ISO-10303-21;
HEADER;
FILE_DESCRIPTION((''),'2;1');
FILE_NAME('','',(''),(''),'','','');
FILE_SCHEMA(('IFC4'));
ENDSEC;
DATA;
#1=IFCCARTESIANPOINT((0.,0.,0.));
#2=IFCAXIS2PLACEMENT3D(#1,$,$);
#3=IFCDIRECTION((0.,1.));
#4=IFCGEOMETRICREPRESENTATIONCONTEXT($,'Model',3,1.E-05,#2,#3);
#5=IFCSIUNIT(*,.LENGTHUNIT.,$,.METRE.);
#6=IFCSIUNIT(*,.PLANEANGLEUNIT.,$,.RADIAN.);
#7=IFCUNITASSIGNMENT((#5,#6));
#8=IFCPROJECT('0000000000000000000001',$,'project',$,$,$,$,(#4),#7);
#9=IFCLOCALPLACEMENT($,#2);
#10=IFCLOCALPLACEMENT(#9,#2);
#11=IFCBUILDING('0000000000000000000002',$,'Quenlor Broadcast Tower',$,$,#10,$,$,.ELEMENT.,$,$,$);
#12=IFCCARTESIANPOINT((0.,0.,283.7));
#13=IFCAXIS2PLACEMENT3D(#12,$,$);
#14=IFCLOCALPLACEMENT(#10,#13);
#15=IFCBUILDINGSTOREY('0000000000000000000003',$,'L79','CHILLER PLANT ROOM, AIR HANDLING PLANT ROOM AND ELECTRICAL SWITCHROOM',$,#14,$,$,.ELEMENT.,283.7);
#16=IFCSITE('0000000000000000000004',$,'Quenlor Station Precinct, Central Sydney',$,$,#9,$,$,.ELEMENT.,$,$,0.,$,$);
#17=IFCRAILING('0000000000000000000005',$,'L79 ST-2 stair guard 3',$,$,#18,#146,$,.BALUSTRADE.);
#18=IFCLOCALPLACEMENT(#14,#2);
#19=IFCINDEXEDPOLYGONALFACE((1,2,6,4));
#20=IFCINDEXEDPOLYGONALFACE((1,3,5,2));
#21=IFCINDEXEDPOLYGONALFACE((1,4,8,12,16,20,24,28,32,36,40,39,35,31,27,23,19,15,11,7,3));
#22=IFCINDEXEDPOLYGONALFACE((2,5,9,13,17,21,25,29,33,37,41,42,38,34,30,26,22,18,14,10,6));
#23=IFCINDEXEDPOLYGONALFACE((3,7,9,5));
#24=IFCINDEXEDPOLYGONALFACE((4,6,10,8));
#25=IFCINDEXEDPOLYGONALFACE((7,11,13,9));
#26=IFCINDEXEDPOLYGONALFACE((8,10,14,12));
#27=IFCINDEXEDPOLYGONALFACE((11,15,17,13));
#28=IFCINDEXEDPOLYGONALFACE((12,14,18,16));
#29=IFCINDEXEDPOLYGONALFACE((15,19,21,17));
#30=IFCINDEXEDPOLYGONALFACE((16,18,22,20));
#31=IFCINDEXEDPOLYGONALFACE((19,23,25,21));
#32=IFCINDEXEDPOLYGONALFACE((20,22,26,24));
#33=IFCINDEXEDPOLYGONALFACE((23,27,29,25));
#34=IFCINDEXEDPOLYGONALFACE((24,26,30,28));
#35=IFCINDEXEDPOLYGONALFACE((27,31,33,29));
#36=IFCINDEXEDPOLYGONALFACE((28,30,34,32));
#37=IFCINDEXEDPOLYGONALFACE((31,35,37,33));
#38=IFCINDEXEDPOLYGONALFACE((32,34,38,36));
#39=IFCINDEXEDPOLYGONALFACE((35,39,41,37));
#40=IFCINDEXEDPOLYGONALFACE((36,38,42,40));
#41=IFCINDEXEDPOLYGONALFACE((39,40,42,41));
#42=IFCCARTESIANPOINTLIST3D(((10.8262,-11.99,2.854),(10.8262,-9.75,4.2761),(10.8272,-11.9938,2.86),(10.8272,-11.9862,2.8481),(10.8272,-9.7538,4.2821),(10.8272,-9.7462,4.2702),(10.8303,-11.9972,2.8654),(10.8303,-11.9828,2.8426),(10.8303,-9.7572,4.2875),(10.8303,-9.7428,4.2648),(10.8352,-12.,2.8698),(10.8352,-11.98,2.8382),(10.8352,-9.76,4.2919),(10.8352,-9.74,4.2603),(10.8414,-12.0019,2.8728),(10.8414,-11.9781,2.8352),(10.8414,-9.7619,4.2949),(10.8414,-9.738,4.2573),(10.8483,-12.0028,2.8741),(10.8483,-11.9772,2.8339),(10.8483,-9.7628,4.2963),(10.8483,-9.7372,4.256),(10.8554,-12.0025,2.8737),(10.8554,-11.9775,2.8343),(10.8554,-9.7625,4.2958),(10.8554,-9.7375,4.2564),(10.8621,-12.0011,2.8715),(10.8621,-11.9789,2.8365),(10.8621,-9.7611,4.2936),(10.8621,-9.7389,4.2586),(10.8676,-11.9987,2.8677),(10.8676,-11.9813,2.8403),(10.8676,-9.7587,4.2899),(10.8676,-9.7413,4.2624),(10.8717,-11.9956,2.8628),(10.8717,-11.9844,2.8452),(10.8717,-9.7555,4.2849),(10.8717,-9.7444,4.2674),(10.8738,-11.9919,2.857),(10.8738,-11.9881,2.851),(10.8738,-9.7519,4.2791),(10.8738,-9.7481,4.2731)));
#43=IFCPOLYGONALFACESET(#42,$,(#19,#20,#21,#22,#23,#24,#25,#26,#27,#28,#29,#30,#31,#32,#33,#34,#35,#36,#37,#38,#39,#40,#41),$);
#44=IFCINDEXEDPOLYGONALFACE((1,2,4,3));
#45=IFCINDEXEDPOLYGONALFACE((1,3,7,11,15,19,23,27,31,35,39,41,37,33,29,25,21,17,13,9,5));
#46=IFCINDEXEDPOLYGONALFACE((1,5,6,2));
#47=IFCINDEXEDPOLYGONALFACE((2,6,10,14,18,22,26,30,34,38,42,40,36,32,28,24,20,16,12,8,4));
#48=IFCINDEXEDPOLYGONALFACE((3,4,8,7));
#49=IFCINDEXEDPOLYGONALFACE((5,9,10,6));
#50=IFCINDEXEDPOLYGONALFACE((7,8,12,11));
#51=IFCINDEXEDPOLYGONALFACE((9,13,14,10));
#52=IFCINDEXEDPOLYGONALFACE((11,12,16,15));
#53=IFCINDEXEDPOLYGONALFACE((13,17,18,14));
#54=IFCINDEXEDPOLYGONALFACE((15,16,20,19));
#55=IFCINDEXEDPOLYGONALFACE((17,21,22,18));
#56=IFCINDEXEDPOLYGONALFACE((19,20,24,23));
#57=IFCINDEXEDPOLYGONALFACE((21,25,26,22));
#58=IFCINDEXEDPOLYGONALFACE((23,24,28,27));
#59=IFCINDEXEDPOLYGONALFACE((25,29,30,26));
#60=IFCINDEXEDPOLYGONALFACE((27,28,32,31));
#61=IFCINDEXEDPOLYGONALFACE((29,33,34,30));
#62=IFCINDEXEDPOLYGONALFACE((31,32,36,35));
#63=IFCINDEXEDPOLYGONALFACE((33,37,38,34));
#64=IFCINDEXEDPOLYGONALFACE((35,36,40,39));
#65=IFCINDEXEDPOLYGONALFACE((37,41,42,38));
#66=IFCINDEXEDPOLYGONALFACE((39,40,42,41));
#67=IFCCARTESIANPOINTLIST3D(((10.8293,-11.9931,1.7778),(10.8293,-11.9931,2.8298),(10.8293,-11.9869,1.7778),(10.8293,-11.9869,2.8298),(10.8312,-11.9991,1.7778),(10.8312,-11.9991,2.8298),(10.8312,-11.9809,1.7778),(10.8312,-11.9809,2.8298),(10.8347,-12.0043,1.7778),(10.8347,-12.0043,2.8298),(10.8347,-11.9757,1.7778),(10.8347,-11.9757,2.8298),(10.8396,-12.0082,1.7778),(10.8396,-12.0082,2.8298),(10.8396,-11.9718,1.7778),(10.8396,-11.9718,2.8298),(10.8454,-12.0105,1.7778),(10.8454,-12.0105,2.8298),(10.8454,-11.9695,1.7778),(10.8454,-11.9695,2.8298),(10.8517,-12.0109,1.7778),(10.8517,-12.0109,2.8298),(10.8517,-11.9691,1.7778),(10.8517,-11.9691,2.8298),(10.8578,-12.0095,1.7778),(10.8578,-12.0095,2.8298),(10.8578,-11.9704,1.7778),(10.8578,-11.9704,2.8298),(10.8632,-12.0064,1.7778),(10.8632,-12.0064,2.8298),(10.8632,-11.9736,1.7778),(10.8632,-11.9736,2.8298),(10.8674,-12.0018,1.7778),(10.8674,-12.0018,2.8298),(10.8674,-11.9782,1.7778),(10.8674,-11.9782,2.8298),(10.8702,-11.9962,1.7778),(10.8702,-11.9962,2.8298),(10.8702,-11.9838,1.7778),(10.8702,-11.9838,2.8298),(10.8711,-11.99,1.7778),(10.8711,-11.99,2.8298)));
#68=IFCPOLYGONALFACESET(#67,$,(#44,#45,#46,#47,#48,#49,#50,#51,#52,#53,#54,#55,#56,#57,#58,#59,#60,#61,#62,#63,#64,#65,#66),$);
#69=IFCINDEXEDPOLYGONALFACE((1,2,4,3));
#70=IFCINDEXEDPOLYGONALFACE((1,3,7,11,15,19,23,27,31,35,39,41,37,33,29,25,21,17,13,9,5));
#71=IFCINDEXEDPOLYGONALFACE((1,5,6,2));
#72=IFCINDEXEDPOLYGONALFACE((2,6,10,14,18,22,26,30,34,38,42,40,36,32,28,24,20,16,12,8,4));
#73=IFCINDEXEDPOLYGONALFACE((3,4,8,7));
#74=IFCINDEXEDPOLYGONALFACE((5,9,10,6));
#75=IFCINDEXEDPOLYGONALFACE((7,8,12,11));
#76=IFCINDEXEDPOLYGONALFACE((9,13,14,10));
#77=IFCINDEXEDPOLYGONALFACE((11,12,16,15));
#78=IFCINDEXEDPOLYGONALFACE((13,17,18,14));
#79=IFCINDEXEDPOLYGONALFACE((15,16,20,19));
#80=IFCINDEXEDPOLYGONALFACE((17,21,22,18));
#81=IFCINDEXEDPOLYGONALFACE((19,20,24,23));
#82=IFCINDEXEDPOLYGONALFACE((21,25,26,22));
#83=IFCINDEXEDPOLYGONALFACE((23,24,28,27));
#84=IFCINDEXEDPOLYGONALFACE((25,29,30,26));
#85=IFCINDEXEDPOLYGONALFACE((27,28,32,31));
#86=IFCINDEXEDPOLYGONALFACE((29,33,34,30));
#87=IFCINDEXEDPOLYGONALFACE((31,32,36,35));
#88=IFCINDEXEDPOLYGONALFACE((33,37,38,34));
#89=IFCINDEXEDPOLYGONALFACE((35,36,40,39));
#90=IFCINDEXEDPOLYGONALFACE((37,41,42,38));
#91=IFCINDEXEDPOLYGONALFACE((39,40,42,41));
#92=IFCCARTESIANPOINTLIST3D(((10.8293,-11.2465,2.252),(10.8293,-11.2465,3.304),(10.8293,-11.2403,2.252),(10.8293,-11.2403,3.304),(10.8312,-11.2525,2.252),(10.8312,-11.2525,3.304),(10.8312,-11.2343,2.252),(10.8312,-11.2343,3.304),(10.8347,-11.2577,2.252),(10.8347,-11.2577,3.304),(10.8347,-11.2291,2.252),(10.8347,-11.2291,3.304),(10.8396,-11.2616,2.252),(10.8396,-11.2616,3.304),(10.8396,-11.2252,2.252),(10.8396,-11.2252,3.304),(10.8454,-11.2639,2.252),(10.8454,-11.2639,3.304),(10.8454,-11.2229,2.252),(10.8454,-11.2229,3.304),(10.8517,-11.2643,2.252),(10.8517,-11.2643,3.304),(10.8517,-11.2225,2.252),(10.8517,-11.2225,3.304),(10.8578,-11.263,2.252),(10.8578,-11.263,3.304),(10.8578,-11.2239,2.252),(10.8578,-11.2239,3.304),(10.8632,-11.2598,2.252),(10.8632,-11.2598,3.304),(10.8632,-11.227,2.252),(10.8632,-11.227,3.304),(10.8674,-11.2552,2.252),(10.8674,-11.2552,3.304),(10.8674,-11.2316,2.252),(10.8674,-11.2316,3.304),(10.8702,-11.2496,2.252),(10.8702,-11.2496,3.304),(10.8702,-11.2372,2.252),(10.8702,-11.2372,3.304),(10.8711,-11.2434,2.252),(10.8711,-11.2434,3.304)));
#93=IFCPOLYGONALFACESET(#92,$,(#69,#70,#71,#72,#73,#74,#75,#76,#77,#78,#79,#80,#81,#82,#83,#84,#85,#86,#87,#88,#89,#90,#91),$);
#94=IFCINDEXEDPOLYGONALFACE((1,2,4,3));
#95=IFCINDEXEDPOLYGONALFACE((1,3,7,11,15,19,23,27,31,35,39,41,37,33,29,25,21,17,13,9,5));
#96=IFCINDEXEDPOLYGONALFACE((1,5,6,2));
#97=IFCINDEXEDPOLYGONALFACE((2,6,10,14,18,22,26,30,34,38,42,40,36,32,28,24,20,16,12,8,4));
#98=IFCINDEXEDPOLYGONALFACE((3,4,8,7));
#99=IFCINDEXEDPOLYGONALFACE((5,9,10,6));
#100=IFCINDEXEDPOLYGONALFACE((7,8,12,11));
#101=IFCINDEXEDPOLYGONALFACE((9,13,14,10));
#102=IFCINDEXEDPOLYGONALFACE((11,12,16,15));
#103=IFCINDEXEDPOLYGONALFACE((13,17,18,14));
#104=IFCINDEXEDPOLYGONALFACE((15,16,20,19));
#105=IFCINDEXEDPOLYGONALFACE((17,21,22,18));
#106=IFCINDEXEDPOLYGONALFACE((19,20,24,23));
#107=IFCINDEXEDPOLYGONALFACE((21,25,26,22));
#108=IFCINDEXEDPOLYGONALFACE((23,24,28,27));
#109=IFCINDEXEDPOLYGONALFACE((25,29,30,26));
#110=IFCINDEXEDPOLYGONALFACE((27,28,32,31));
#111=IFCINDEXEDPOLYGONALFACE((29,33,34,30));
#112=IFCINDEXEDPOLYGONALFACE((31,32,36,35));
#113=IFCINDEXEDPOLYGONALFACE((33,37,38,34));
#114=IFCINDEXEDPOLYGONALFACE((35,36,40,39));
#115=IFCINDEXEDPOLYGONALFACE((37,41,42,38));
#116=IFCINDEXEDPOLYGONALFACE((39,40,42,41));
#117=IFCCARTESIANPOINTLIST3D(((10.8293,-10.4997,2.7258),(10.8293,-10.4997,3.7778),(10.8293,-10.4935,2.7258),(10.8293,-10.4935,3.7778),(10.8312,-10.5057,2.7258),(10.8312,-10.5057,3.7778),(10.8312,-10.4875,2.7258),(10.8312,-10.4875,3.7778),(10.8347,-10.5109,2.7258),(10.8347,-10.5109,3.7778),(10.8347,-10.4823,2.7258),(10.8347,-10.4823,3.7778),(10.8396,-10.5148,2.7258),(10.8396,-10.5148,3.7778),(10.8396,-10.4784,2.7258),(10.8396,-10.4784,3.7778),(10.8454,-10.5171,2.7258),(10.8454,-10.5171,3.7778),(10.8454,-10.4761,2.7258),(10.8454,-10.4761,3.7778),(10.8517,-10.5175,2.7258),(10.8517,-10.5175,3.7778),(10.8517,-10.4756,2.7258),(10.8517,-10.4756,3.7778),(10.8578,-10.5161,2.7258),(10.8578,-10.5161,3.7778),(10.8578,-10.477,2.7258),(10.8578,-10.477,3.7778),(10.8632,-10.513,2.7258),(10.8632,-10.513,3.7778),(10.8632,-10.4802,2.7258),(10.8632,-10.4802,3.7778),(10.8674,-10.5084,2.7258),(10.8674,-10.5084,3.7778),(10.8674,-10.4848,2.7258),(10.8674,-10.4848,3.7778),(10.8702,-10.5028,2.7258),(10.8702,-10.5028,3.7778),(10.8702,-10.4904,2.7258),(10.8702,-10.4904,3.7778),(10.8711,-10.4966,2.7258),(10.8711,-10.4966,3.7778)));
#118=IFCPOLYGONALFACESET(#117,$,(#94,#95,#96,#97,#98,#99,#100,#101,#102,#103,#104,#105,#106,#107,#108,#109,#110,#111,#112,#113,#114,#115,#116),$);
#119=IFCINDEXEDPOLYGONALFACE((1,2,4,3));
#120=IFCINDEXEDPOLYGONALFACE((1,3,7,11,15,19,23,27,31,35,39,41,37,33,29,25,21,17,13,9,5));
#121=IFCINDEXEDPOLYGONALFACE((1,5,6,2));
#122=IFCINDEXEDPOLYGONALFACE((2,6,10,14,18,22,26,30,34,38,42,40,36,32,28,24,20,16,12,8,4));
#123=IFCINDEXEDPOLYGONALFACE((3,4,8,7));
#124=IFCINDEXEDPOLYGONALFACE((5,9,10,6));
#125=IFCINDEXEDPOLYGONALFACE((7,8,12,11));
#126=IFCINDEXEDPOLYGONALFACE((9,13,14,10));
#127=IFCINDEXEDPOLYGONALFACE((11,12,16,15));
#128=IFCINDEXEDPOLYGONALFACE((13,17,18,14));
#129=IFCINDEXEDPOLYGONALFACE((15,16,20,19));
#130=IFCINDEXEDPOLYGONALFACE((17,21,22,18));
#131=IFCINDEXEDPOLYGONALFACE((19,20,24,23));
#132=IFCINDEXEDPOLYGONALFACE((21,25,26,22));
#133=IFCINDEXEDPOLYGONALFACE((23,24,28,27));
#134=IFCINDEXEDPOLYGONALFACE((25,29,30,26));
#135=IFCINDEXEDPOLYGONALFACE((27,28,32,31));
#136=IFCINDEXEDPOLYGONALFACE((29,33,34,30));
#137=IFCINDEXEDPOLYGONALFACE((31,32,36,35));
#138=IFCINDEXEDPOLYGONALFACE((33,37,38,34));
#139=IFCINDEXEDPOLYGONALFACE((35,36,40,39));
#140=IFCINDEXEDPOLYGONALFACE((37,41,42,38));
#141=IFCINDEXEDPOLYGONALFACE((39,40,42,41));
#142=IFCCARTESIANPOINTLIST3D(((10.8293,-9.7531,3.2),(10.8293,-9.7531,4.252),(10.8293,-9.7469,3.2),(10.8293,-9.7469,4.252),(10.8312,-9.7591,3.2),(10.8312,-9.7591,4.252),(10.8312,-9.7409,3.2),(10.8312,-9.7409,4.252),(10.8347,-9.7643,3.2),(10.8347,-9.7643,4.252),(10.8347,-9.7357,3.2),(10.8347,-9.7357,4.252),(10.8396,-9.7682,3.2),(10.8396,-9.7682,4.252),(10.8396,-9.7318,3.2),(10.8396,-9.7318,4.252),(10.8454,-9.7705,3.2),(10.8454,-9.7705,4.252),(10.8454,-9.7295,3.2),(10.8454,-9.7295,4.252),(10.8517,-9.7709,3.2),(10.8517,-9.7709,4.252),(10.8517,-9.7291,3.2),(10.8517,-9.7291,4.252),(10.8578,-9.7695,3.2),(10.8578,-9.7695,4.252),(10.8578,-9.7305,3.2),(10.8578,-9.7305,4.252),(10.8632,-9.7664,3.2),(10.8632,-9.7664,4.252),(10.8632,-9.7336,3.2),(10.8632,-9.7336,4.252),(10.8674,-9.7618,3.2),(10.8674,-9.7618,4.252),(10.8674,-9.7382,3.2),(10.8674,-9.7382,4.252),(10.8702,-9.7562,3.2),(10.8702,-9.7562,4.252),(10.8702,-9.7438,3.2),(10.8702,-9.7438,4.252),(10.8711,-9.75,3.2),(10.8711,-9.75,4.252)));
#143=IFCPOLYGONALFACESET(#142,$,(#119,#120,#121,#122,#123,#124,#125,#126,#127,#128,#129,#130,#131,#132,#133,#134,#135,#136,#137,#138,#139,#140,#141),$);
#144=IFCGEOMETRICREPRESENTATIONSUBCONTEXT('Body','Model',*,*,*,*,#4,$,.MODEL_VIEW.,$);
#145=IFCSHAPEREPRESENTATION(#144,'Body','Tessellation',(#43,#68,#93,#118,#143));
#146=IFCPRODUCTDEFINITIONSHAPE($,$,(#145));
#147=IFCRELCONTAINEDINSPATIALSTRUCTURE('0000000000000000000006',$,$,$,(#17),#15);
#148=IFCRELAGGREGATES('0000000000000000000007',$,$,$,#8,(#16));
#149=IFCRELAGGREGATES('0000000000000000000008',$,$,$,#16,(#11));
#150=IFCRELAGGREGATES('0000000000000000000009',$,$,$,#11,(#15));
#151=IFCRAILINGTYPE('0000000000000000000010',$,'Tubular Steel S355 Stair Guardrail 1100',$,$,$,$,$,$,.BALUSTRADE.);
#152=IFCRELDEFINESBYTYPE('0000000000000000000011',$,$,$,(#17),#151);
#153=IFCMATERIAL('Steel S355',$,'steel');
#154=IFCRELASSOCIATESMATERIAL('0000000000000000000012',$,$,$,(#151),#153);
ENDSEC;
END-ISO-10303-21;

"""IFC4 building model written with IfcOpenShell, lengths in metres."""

from ifc_helpers import new_model, si_unit, direction, frame, origin, origin_2d, place, context, subcontext, project, spatial, circle, extrude, material, type_object, element, save


model = new_model("IFC4")

# Units and contexts
model_context = context("Model", 3, precision=1e-05, world=origin(), true_north=direction((0.0, 1.0)))
body_context = subcontext(model_context, "Body", "Model", "MODEL_VIEW")
ifc_project = project(units=[si_unit("LENGTHUNIT", "METRE"), si_unit("PLANEANGLEUNIT", "RADIAN")], contexts=[model_context])

# Site, building, storey
site_placement = place(None, origin())
site = spatial("IfcSite", under=ifc_project, at=site_placement, Name="Quenlor Station Precinct, Central Sydney", CompositionType="ELEMENT", RefElevation=0.0)
building_placement = place(site_placement, origin())
building = spatial("IfcBuilding", under=site, at=building_placement, Name="Quenlor Broadcast Tower", CompositionType="ELEMENT")
storey_placement = place(building_placement, frame((0.0, 0.0, 283.7)))
storey = spatial("IfcBuildingStorey", under=building, at=storey_placement, Name="L79", Description="CHILLER PLANT ROOM, AIR HANDLING PLANT ROOM AND ELECTRICAL SWITCHROOM", CompositionType="ELEMENT", Elevation=283.7)

# Railing
ifc_material_1 = material(Name="Steel S355", Category="steel")
railing_type_1 = type_object("IfcRailingType", Name="Tubular Steel S355 Stair Guardrail 1100", PredefinedType="BALUSTRADE", material=ifc_material_1)
railing_1_placement = place(storey_placement, frame((10.8501, -11.99, 1.7778)))
element("IfcRailing", 1, at=railing_1_placement, inside=storey, type_object=railing_type_1, Name="L79 ST-2 stair guard 3", PredefinedType="BALUSTRADE", context=body_context, shape_type="SweptSolid", body=[
    extrude(circle(Radius=0.0239, at=origin_2d()), frame((0.0, 0.0, 1.0762), z_axis=(0.0, 0.844229, 0.535982), x_axis=(-1.0, 0.0, 0.0)), (0.0, 0.0, 1.0), 2.6533),
    extrude(circle(Radius=0.021, at=origin_2d()), origin(), (0.0, 0.0, 1.0), 1.052),
    extrude(circle(Radius=0.021, at=origin_2d()), frame((0.0, 0.7466, 0.4741)), (0.0, 0.0, 1.0), 1.052),
    extrude(circle(Radius=0.021, at=origin_2d()), frame((0.0, 1.4934, 0.948)), (0.0, 0.0, 1.0), 1.052),
    extrude(circle(Radius=0.021, at=origin_2d()), frame((0.0, 2.24, 1.4221)), (0.0, 0.0, 1.0), 1.052),
])

save(model, "model.ifc")
